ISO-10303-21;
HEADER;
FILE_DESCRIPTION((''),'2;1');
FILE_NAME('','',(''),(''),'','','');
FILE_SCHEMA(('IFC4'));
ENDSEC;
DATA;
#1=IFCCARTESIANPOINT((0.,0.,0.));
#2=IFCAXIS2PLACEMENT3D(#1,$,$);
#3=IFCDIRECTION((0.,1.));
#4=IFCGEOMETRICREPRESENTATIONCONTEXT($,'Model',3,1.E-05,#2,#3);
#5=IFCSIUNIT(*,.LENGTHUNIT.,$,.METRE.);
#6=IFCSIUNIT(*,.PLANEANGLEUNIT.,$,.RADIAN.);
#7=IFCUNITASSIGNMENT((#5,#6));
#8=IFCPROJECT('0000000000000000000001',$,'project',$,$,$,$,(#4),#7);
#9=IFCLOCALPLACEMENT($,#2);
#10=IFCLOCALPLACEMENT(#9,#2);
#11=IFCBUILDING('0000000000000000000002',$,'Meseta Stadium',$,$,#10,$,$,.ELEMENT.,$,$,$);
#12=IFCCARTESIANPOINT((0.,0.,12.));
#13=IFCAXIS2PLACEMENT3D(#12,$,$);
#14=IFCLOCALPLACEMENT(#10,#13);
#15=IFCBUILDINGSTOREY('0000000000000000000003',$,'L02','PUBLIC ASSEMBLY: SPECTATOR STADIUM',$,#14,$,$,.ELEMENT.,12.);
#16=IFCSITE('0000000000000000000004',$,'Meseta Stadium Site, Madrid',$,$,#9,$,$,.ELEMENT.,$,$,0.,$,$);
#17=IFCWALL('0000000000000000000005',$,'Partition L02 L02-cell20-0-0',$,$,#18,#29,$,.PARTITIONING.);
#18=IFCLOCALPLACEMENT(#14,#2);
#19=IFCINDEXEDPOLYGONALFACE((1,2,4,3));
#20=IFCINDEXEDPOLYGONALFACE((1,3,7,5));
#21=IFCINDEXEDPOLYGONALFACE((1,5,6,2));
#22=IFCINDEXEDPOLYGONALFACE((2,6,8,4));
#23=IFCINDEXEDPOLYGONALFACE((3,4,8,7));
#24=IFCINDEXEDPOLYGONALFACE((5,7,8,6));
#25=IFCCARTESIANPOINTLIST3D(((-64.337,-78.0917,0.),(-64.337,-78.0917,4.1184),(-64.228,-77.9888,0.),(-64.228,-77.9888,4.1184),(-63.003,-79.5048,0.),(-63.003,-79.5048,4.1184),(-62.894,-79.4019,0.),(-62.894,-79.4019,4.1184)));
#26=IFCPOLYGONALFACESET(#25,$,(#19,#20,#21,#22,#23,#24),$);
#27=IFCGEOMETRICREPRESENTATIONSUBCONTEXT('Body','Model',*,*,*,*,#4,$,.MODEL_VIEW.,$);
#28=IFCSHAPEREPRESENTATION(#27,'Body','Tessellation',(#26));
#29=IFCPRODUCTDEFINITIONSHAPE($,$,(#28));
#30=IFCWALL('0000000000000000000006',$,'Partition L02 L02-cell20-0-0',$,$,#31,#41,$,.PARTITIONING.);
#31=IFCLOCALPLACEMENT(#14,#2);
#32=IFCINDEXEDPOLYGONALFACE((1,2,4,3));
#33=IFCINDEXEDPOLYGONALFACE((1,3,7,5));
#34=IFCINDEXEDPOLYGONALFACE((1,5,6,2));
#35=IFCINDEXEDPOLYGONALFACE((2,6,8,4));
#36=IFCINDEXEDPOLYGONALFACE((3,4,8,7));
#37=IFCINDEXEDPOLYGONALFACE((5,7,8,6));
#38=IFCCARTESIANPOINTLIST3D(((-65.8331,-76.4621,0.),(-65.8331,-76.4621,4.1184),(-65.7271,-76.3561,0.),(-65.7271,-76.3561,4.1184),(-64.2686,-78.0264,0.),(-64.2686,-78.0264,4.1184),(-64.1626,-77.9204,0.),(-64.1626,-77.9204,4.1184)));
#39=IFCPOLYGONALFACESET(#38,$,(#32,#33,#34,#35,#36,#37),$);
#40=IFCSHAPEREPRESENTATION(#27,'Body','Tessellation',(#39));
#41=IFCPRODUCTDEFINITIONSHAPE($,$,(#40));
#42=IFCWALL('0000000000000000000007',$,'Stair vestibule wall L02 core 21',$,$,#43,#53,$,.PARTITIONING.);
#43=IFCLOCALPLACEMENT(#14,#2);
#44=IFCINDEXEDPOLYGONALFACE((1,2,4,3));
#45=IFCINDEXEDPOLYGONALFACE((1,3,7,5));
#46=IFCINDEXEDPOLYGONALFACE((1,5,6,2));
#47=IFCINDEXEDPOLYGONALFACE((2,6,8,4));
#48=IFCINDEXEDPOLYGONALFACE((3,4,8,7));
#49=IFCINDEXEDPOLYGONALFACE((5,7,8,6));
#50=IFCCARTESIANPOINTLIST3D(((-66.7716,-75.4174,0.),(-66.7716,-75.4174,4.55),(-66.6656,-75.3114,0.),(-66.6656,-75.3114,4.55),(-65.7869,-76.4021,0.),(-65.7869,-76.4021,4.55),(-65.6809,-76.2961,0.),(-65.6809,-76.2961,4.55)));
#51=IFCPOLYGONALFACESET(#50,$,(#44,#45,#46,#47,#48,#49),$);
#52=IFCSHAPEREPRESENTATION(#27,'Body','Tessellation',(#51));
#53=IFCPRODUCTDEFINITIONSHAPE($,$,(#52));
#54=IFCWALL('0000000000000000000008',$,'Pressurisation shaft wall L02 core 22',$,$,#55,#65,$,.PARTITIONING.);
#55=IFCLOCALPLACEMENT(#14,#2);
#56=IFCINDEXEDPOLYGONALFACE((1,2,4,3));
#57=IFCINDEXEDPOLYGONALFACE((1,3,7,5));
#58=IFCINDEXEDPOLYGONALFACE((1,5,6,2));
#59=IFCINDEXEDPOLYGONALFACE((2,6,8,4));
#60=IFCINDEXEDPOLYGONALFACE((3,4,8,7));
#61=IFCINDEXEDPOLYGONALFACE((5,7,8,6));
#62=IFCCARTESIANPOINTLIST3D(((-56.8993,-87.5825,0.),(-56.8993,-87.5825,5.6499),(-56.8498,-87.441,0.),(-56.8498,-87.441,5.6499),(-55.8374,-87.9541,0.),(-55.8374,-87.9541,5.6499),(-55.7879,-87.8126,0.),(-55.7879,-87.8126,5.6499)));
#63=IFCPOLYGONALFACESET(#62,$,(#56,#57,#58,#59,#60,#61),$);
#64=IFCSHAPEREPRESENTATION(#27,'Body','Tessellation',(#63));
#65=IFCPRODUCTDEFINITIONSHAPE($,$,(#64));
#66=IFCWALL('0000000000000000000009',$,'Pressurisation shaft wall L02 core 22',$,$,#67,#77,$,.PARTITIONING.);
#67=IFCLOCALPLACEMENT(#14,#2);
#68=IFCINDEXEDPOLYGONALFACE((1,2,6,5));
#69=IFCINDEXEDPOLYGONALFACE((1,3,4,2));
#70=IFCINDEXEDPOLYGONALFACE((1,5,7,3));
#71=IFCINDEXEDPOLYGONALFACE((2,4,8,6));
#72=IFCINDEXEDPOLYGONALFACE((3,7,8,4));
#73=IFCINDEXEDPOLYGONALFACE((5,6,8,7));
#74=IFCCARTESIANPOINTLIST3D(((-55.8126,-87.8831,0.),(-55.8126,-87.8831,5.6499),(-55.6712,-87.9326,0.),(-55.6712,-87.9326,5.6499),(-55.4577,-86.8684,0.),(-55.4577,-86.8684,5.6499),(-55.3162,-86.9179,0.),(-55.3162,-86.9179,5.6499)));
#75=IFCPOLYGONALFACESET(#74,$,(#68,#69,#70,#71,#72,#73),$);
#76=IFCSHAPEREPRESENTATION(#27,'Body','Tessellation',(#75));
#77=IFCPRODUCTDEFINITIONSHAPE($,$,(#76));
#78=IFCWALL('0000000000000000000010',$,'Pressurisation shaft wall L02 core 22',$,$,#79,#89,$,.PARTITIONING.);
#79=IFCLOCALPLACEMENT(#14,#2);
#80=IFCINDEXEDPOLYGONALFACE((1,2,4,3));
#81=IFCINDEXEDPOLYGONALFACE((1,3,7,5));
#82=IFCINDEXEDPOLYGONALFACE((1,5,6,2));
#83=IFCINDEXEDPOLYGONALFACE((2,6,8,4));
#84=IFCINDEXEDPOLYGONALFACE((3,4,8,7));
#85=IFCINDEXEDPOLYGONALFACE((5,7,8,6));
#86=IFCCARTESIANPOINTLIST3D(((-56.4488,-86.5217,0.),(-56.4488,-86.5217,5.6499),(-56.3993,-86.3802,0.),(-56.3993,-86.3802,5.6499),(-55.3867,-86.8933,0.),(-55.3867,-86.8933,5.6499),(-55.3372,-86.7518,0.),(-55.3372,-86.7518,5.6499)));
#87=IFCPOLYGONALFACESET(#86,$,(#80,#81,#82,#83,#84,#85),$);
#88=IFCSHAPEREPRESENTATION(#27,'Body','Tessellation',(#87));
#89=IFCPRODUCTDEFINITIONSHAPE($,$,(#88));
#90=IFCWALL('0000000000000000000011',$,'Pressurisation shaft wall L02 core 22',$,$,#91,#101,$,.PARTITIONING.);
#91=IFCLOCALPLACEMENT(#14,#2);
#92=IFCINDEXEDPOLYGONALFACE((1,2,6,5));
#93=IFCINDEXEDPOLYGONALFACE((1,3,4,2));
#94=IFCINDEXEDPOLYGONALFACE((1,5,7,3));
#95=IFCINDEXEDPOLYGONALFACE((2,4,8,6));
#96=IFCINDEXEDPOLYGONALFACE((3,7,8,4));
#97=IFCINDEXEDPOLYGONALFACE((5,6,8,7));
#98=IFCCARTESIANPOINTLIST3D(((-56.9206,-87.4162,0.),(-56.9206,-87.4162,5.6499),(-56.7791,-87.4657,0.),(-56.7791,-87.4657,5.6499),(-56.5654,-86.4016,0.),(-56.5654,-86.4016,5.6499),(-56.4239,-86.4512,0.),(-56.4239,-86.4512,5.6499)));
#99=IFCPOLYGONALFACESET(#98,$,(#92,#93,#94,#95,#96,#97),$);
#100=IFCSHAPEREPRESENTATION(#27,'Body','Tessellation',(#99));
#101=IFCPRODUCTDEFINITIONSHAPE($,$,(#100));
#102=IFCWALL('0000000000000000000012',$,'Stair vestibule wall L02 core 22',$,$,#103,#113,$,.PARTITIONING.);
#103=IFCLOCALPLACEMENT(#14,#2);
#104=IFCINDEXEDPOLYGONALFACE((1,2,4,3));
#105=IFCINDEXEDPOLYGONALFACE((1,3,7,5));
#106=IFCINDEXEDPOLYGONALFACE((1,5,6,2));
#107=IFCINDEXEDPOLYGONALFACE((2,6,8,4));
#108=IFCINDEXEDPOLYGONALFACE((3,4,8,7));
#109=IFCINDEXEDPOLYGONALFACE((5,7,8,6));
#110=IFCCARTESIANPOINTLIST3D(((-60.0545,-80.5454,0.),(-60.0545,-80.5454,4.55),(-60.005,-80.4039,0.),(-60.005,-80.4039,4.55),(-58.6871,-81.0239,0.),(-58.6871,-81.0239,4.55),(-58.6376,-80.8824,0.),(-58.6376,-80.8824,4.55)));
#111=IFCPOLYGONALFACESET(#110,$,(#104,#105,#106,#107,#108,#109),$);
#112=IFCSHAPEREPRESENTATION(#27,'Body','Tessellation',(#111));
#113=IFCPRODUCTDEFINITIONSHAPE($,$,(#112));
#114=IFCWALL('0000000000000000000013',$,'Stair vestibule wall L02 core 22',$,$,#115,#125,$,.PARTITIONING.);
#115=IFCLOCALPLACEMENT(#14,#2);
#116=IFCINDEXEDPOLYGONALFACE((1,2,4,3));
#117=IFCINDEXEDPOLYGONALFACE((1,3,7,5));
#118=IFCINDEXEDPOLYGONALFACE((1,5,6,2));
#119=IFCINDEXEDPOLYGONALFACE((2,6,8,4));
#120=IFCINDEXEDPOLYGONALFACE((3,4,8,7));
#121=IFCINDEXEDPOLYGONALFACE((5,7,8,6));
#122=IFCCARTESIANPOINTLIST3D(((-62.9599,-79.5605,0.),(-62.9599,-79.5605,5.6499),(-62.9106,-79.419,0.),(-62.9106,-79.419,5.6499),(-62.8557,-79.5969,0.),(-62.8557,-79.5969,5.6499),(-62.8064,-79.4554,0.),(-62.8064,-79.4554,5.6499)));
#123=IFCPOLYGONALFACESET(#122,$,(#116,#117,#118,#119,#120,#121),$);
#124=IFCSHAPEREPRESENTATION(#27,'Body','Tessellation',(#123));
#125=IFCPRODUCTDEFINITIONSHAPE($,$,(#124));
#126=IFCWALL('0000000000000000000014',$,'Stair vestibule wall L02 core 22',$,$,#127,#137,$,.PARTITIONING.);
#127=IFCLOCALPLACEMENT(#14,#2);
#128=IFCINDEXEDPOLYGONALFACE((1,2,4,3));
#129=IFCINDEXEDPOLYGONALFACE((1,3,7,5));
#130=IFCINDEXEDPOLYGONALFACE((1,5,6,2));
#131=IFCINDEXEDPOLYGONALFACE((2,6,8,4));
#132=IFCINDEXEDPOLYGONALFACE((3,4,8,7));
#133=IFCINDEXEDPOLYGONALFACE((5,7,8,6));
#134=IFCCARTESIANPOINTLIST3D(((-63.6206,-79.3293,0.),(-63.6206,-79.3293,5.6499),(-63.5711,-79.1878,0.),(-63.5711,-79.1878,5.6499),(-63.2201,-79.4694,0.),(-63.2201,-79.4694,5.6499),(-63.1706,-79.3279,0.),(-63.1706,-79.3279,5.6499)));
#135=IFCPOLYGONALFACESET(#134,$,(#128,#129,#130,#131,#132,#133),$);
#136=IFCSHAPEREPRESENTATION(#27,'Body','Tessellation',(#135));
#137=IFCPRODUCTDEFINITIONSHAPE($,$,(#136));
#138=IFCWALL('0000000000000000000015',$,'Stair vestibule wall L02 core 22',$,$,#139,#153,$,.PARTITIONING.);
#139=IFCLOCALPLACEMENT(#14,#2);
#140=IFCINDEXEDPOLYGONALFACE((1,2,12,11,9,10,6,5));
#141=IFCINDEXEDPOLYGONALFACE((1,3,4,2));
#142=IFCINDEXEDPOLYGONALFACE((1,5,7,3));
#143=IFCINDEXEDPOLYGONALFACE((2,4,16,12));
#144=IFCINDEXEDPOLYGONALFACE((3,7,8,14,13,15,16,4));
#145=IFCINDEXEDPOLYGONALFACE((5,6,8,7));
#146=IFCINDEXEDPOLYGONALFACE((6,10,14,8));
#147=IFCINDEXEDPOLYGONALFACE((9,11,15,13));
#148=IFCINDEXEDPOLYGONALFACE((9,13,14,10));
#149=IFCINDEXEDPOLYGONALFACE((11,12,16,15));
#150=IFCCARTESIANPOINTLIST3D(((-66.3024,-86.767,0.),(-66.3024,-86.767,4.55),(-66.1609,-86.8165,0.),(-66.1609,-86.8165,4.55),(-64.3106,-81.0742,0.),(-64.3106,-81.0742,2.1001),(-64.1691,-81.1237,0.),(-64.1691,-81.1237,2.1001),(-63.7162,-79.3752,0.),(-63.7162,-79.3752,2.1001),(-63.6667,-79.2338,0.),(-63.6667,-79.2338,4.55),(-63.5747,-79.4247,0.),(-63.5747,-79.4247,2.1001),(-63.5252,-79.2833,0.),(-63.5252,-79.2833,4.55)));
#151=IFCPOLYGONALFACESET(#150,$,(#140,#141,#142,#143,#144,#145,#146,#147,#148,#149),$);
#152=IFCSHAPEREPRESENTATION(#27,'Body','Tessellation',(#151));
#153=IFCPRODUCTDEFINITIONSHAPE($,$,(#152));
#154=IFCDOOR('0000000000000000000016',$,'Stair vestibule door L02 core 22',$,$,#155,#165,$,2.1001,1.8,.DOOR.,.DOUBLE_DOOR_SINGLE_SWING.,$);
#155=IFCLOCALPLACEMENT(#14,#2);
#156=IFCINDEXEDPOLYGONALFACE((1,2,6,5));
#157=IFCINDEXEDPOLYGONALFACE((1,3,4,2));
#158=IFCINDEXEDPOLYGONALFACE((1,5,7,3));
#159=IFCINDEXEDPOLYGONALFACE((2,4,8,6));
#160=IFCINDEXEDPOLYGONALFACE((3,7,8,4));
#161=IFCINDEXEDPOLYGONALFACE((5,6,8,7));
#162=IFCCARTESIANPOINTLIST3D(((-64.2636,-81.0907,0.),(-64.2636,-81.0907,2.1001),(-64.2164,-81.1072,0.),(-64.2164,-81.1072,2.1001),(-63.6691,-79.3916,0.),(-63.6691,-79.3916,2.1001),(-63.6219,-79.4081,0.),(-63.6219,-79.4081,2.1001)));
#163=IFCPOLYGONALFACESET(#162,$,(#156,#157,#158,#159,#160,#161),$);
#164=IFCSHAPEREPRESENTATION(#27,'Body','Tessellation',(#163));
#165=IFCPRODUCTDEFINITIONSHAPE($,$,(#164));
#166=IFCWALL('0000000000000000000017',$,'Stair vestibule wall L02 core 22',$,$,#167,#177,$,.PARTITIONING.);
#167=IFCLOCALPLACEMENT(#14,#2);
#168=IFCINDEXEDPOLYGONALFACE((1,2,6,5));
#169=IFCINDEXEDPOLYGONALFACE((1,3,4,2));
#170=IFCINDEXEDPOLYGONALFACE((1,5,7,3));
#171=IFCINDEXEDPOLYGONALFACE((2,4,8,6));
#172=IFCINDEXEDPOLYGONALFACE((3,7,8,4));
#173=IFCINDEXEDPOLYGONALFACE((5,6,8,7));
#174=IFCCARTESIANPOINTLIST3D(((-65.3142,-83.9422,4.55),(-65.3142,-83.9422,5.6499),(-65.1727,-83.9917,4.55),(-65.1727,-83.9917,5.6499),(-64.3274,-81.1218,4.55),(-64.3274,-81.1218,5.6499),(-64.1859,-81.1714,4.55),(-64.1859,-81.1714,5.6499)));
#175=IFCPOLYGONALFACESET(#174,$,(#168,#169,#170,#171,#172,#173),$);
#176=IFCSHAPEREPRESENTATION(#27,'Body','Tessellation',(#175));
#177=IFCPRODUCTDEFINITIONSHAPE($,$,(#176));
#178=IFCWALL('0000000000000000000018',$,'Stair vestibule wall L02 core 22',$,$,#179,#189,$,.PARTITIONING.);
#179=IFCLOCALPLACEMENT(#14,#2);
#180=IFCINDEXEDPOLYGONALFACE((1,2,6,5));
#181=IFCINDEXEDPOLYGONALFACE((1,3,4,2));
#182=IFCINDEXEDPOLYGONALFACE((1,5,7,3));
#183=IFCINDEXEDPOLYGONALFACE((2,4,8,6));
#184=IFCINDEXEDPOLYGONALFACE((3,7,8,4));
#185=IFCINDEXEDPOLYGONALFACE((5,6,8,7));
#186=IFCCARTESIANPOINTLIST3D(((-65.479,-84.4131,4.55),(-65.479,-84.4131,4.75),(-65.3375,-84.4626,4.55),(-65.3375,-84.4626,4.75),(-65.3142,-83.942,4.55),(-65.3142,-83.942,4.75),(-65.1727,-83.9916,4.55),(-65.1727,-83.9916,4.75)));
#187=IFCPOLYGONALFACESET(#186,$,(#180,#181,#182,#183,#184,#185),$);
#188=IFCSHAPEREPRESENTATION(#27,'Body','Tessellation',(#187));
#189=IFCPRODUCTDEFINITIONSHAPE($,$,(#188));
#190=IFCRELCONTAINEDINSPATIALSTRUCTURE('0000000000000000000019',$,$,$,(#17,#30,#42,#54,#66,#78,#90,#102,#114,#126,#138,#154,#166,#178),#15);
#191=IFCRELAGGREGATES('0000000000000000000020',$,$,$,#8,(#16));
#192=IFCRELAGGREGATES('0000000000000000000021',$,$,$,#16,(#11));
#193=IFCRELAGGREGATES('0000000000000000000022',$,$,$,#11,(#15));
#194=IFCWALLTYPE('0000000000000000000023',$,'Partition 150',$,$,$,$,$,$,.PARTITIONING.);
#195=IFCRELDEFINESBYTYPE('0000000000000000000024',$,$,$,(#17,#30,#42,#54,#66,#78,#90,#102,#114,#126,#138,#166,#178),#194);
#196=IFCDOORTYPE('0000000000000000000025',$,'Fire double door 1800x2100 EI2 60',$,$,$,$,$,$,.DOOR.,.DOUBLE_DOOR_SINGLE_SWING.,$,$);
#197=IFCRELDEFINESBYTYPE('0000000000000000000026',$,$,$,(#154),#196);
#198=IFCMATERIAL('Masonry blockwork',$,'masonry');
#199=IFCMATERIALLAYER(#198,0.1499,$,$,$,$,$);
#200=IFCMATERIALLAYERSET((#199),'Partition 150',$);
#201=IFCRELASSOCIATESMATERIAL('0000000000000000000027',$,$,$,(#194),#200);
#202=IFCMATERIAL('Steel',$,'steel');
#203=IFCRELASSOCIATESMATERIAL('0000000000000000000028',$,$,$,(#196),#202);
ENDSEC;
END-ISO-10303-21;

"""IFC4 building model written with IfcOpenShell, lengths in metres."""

from ifc_helpers import new_model, si_unit, direction, frame, frame_2d, origin, place, context, subcontext, project, spatial, rectangle, extrude, material, layer, layer_set, type_object, element, fill, save


model = new_model("IFC4")

# Units and contexts
model_context = context("Model", 3, precision=1e-05, world=origin(), true_north=direction((0.0, 1.0)))
body_context = subcontext(model_context, "Body", "Model", "MODEL_VIEW")
ifc_project = project(units=[si_unit("LENGTHUNIT", "METRE"), si_unit("PLANEANGLEUNIT", "RADIAN")], contexts=[model_context])

# Site, building, storey
site_placement = place(None, origin())
site = spatial("IfcSite", under=ifc_project, at=site_placement, Name="Meseta Stadium Site, Madrid", CompositionType="ELEMENT", RefElevation=0.0)
building_placement = place(site_placement, origin())
building = spatial("IfcBuilding", under=site, at=building_placement, Name="Meseta Stadium", CompositionType="ELEMENT")
storey_placement = place(building_placement, frame((0.0, 0.0, 12.0)))
storey = spatial("IfcBuildingStorey", under=building, at=storey_placement, Name="L02", Description="PUBLIC ASSEMBLY: SPECTATOR STADIUM", CompositionType="ELEMENT", Elevation=12.0)

# Shared definitions
ifc_material_1 = material(Name="Masonry blockwork", Category="masonry")
ifc_layer_1 = layer(ifc_material_1, 0.1499)
ifc_layer_set_1 = layer_set([ifc_layer_1], Name="Partition 150")
wall_type_1 = type_object("IfcWallType", Name="Partition 150", PredefinedType="PARTITIONING", material=ifc_layer_set_1)

# Walls
wall_1_placement = place(storey_placement, frame((-62.9485, -79.4534, 0.0), z_axis=(0.0, 0.0, 1.0), x_axis=(-0.686461, 0.727166, 0.0)))
element("IfcWall", 1, at=wall_1_placement, inside=storey, type_object=wall_type_1, Name="Partition L02 L02-cell20-0-0", PredefinedType="PARTITIONING", context=body_context, shape_type="SweptSolid", body=[
    extrude(rectangle(XDim=1.9434, YDim=0.1499, at=frame_2d((0.9717, 0.0))), origin(), (0.0, 0.0, 1.0), 4.1184),
])
wall_2_placement = place(storey_placement, frame((-64.2156, -77.9734, 0.0), z_axis=(0.0, 0.0, 1.0), x_axis=(-0.707162, 0.707052, 0.0)))
element("IfcWall", 2, at=wall_2_placement, inside=storey, type_object=wall_type_1, Name="Partition L02 L02-cell20-0-0", PredefinedType="PARTITIONING", context=body_context, shape_type="SweptSolid", body=[
    extrude(rectangle(XDim=2.2124, YDim=0.1499, at=frame_2d((1.1062, 0.0))), origin(), (0.0, 0.0, 1.0), 4.1184),
])
wall_3_placement = place(storey_placement, frame((-65.7339, -76.3491, 0.0), z_axis=(0.0, 0.0, 1.0), x_axis=(-0.707107, 0.707107, 0.0)))
element("IfcWall", 3, at=wall_3_placement, inside=storey, type_object=wall_type_1, Name="Stair vestibule wall L02 core 21", PredefinedType="PARTITIONING", context=body_context, shape_type="SweptSolid", body=[
    extrude(rectangle(XDim=1.3926, YDim=0.1499, at=frame_2d((0.6963, 0.0))), origin(), (0.0, 0.0, 1.0), 4.55),
])
wall_4_placement = place(storey_placement, frame((-56.8745, -87.5117, 0.0), z_axis=(0.0, 0.0, 1.0), x_axis=(0.943869, -0.330321, 0.0)))
element("IfcWall", 4, at=wall_4_placement, inside=storey, type_object=wall_type_1, Name="Pressurisation shaft wall L02 core 22", PredefinedType="PARTITIONING", context=body_context, shape_type="SweptSolid", body=[
    extrude(rectangle(XDim=1.125, YDim=0.1499, at=frame_2d((0.5625, 0.0))), origin(), (0.0, 0.0, 1.0), 5.6499),
])
wall_5_placement = place(storey_placement, frame((-55.7419, -87.908, 0.0), z_axis=(0.0, 0.0, 1.0), x_axis=(0.330229, 0.943901, 0.0)))
element("IfcWall", 5, at=wall_5_placement, inside=storey, type_object=wall_type_1, Name="Pressurisation shaft wall L02 core 22", PredefinedType="PARTITIONING", context=body_context, shape_type="SweptSolid", body=[
    extrude(rectangle(XDim=1.075, YDim=0.1499, at=frame_2d((0.5376, 0.0))), origin(), (0.0, 0.0, 1.0), 5.6499),
])
wall_6_placement = place(storey_placement, frame((-55.3621, -86.8225, 0.0), z_axis=(0.0, 0.0, 1.0), x_axis=(-0.943892, 0.330254, 0.0)))
element("IfcWall", 6, at=wall_6_placement, inside=storey, type_object=wall_type_1, Name="Pressurisation shaft wall L02 core 22", PredefinedType="PARTITIONING", context=body_context, shape_type="SweptSolid", body=[
    extrude(rectangle(XDim=1.1252, YDim=0.1499, at=frame_2d((0.5625, 0.0))), origin(), (0.0, 0.0, 1.0), 5.6499),
])
wall_7_placement = place(storey_placement, frame((-56.4946, -86.4263, 0.0), z_axis=(0.0, 0.0, 1.0), x_axis=(-0.330431, -0.94383, 0.0)))
element("IfcWall", 7, at=wall_7_placement, inside=storey, type_object=wall_type_1, Name="Pressurisation shaft wall L02 core 22", PredefinedType="PARTITIONING", context=body_context, shape_type="SweptSolid", body=[
    extrude(rectangle(XDim=1.075, YDim=0.1499, at=frame_2d((0.5376, 0.0))), origin(), (0.0, 0.0, 1.0), 5.6499),
])
wall_8_placement = place(storey_placement, frame((-58.6624, -80.9531, 0.0), z_axis=(0.0, 0.0, 1.0), x_axis=(-0.943877, 0.330298, 0.0)))
element("IfcWall", 8, at=wall_8_placement, inside=storey, type_object=wall_type_1, Name="Stair vestibule wall L02 core 22", PredefinedType="PARTITIONING", context=body_context, shape_type="SweptSolid", body=[
    extrude(rectangle(XDim=1.4487, YDim=0.1499, at=frame_2d((0.7244, 0.0))), origin(), (0.0, 0.0, 1.0), 4.55),
])
wall_9_placement = place(storey_placement, frame((-62.8311, -79.5261, 0.0), z_axis=(0.0, 0.0, 1.0), x_axis=(-0.944168, 0.329464, 0.0)))
element("IfcWall", 9, at=wall_9_placement, inside=storey, type_object=wall_type_1, Name="Stair vestibule wall L02 core 22", PredefinedType="PARTITIONING", context=body_context, shape_type="SweptSolid", body=[
    extrude(rectangle(XDim=0.1104, YDim=0.1499, at=frame_2d((0.0552, 0.0))), origin(), (0.0, 0.0, 1.0), 5.6499),
])
wall_10_placement = place(storey_placement, frame((-63.1953, -79.3987, 0.0), z_axis=(0.0, 0.0, 1.0), x_axis=(-0.943921, 0.330171, 0.0)))
element("IfcWall", 10, at=wall_10_placement, inside=storey, type_object=wall_type_1, Name="Stair vestibule wall L02 core 22", PredefinedType="PARTITIONING", context=body_context, shape_type="SweptSolid", body=[
    extrude(rectangle(XDim=0.4243, YDim=0.1499, at=frame_2d((0.2122, 0.0))), origin(), (0.0, 0.0, 1.0), 5.6499),
])

# Wall, opening, door
wall_11_placement = place(storey_placement, frame((-63.5959, -79.2585, 0.0), z_axis=(0.0, 0.0, 1.0), x_axis=(-0.330252, -0.943893, 0.0)))
wall_11 = element("IfcWall", 11, at=wall_11_placement, inside=storey, type_object=wall_type_1, Name="Stair vestibule wall L02 core 22", PredefinedType="PARTITIONING", context=body_context, shape_type="SweptSolid", body=[
    extrude(rectangle(XDim=7.981, YDim=0.1499, at=frame_2d((3.9905, 0.0))), origin(), (0.0, 0.0, 1.0), 4.55),
])
opening_1_placement = place(wall_11_placement, frame((0.1499, 0.0, 0.0)))
opening_1 = element("IfcOpeningElement", 12, at=opening_1_placement, cuts=wall_11, PredefinedType="OPENING", context=body_context, shape_type="SweptSolid", body=[
    extrude(rectangle(XDim=1.8, YDim=2.1001, at=frame_2d((0.8999, 1.05))), frame((0.0, 0.085, 0.0), z_axis=(0.0, -1.0, 0.0), x_axis=(1.0, 0.0, 0.0)), (0.0, 0.0, 1.0), 0.1699),
])
ifc_material_2 = material(Name="Steel", Category="steel")
door_type_1 = type_object("IfcDoorType", Name="Fire double door 1800x2100 EI2 60", OperationType="DOUBLE_DOOR_SINGLE_SWING", PredefinedType="DOOR", material=ifc_material_2)
door_1_placement = place(opening_1_placement, origin())
door_1 = element("IfcDoor", 13, at=door_1_placement, inside=storey, type_object=door_type_1, Name="Stair vestibule door L02 core 22", OperationType="DOUBLE_DOOR_SINGLE_SWING", OverallHeight=2.1001, OverallWidth=1.8, PredefinedType="DOOR", context=body_context, shape_type="SweptSolid", body=[
    extrude(rectangle(XDim=1.8, YDim=2.1001, at=frame_2d((0.8999, 1.05))), frame((0.0, 0.0249, 0.0), z_axis=(0.0, -1.0, 0.0), x_axis=(1.0, 0.0, 0.0)), (0.0, 0.0, 1.0), 0.05),
])
fill(opening_1, door_1)

# Walls
wall_12_placement = place(storey_placement, frame((-64.2566, -81.1465, 4.55), z_axis=(0.0, 0.0, 1.0), x_axis=(-0.330263, -0.943889, 0.0)))
element("IfcWall", 14, at=wall_12_placement, inside=storey, type_object=wall_type_1, Name="Stair vestibule wall L02 core 22", PredefinedType="PARTITIONING", context=body_context, shape_type="SweptSolid", body=[
    extrude(rectangle(XDim=2.988, YDim=0.1499, at=frame_2d((1.4941, 0.0))), origin(), (0.0, 0.0, 1.0), 1.0999),
])
wall_13_placement = place(storey_placement, frame((-65.2434, -83.9668, 4.55), z_axis=(0.0, 0.0, 1.0), x_axis=(-0.330285, -0.943881, 0.0)))
element("IfcWall", 15, at=wall_13_placement, inside=storey, type_object=wall_type_1, Name="Stair vestibule wall L02 core 22", PredefinedType="PARTITIONING", context=body_context, shape_type="SweptSolid", body=[
    extrude(rectangle(XDim=0.499, YDim=0.1499, at=frame_2d((0.2495, 0.0))), origin(), (0.0, 0.0, 1.0), 0.2),
])

save(model, "model.ifc")
